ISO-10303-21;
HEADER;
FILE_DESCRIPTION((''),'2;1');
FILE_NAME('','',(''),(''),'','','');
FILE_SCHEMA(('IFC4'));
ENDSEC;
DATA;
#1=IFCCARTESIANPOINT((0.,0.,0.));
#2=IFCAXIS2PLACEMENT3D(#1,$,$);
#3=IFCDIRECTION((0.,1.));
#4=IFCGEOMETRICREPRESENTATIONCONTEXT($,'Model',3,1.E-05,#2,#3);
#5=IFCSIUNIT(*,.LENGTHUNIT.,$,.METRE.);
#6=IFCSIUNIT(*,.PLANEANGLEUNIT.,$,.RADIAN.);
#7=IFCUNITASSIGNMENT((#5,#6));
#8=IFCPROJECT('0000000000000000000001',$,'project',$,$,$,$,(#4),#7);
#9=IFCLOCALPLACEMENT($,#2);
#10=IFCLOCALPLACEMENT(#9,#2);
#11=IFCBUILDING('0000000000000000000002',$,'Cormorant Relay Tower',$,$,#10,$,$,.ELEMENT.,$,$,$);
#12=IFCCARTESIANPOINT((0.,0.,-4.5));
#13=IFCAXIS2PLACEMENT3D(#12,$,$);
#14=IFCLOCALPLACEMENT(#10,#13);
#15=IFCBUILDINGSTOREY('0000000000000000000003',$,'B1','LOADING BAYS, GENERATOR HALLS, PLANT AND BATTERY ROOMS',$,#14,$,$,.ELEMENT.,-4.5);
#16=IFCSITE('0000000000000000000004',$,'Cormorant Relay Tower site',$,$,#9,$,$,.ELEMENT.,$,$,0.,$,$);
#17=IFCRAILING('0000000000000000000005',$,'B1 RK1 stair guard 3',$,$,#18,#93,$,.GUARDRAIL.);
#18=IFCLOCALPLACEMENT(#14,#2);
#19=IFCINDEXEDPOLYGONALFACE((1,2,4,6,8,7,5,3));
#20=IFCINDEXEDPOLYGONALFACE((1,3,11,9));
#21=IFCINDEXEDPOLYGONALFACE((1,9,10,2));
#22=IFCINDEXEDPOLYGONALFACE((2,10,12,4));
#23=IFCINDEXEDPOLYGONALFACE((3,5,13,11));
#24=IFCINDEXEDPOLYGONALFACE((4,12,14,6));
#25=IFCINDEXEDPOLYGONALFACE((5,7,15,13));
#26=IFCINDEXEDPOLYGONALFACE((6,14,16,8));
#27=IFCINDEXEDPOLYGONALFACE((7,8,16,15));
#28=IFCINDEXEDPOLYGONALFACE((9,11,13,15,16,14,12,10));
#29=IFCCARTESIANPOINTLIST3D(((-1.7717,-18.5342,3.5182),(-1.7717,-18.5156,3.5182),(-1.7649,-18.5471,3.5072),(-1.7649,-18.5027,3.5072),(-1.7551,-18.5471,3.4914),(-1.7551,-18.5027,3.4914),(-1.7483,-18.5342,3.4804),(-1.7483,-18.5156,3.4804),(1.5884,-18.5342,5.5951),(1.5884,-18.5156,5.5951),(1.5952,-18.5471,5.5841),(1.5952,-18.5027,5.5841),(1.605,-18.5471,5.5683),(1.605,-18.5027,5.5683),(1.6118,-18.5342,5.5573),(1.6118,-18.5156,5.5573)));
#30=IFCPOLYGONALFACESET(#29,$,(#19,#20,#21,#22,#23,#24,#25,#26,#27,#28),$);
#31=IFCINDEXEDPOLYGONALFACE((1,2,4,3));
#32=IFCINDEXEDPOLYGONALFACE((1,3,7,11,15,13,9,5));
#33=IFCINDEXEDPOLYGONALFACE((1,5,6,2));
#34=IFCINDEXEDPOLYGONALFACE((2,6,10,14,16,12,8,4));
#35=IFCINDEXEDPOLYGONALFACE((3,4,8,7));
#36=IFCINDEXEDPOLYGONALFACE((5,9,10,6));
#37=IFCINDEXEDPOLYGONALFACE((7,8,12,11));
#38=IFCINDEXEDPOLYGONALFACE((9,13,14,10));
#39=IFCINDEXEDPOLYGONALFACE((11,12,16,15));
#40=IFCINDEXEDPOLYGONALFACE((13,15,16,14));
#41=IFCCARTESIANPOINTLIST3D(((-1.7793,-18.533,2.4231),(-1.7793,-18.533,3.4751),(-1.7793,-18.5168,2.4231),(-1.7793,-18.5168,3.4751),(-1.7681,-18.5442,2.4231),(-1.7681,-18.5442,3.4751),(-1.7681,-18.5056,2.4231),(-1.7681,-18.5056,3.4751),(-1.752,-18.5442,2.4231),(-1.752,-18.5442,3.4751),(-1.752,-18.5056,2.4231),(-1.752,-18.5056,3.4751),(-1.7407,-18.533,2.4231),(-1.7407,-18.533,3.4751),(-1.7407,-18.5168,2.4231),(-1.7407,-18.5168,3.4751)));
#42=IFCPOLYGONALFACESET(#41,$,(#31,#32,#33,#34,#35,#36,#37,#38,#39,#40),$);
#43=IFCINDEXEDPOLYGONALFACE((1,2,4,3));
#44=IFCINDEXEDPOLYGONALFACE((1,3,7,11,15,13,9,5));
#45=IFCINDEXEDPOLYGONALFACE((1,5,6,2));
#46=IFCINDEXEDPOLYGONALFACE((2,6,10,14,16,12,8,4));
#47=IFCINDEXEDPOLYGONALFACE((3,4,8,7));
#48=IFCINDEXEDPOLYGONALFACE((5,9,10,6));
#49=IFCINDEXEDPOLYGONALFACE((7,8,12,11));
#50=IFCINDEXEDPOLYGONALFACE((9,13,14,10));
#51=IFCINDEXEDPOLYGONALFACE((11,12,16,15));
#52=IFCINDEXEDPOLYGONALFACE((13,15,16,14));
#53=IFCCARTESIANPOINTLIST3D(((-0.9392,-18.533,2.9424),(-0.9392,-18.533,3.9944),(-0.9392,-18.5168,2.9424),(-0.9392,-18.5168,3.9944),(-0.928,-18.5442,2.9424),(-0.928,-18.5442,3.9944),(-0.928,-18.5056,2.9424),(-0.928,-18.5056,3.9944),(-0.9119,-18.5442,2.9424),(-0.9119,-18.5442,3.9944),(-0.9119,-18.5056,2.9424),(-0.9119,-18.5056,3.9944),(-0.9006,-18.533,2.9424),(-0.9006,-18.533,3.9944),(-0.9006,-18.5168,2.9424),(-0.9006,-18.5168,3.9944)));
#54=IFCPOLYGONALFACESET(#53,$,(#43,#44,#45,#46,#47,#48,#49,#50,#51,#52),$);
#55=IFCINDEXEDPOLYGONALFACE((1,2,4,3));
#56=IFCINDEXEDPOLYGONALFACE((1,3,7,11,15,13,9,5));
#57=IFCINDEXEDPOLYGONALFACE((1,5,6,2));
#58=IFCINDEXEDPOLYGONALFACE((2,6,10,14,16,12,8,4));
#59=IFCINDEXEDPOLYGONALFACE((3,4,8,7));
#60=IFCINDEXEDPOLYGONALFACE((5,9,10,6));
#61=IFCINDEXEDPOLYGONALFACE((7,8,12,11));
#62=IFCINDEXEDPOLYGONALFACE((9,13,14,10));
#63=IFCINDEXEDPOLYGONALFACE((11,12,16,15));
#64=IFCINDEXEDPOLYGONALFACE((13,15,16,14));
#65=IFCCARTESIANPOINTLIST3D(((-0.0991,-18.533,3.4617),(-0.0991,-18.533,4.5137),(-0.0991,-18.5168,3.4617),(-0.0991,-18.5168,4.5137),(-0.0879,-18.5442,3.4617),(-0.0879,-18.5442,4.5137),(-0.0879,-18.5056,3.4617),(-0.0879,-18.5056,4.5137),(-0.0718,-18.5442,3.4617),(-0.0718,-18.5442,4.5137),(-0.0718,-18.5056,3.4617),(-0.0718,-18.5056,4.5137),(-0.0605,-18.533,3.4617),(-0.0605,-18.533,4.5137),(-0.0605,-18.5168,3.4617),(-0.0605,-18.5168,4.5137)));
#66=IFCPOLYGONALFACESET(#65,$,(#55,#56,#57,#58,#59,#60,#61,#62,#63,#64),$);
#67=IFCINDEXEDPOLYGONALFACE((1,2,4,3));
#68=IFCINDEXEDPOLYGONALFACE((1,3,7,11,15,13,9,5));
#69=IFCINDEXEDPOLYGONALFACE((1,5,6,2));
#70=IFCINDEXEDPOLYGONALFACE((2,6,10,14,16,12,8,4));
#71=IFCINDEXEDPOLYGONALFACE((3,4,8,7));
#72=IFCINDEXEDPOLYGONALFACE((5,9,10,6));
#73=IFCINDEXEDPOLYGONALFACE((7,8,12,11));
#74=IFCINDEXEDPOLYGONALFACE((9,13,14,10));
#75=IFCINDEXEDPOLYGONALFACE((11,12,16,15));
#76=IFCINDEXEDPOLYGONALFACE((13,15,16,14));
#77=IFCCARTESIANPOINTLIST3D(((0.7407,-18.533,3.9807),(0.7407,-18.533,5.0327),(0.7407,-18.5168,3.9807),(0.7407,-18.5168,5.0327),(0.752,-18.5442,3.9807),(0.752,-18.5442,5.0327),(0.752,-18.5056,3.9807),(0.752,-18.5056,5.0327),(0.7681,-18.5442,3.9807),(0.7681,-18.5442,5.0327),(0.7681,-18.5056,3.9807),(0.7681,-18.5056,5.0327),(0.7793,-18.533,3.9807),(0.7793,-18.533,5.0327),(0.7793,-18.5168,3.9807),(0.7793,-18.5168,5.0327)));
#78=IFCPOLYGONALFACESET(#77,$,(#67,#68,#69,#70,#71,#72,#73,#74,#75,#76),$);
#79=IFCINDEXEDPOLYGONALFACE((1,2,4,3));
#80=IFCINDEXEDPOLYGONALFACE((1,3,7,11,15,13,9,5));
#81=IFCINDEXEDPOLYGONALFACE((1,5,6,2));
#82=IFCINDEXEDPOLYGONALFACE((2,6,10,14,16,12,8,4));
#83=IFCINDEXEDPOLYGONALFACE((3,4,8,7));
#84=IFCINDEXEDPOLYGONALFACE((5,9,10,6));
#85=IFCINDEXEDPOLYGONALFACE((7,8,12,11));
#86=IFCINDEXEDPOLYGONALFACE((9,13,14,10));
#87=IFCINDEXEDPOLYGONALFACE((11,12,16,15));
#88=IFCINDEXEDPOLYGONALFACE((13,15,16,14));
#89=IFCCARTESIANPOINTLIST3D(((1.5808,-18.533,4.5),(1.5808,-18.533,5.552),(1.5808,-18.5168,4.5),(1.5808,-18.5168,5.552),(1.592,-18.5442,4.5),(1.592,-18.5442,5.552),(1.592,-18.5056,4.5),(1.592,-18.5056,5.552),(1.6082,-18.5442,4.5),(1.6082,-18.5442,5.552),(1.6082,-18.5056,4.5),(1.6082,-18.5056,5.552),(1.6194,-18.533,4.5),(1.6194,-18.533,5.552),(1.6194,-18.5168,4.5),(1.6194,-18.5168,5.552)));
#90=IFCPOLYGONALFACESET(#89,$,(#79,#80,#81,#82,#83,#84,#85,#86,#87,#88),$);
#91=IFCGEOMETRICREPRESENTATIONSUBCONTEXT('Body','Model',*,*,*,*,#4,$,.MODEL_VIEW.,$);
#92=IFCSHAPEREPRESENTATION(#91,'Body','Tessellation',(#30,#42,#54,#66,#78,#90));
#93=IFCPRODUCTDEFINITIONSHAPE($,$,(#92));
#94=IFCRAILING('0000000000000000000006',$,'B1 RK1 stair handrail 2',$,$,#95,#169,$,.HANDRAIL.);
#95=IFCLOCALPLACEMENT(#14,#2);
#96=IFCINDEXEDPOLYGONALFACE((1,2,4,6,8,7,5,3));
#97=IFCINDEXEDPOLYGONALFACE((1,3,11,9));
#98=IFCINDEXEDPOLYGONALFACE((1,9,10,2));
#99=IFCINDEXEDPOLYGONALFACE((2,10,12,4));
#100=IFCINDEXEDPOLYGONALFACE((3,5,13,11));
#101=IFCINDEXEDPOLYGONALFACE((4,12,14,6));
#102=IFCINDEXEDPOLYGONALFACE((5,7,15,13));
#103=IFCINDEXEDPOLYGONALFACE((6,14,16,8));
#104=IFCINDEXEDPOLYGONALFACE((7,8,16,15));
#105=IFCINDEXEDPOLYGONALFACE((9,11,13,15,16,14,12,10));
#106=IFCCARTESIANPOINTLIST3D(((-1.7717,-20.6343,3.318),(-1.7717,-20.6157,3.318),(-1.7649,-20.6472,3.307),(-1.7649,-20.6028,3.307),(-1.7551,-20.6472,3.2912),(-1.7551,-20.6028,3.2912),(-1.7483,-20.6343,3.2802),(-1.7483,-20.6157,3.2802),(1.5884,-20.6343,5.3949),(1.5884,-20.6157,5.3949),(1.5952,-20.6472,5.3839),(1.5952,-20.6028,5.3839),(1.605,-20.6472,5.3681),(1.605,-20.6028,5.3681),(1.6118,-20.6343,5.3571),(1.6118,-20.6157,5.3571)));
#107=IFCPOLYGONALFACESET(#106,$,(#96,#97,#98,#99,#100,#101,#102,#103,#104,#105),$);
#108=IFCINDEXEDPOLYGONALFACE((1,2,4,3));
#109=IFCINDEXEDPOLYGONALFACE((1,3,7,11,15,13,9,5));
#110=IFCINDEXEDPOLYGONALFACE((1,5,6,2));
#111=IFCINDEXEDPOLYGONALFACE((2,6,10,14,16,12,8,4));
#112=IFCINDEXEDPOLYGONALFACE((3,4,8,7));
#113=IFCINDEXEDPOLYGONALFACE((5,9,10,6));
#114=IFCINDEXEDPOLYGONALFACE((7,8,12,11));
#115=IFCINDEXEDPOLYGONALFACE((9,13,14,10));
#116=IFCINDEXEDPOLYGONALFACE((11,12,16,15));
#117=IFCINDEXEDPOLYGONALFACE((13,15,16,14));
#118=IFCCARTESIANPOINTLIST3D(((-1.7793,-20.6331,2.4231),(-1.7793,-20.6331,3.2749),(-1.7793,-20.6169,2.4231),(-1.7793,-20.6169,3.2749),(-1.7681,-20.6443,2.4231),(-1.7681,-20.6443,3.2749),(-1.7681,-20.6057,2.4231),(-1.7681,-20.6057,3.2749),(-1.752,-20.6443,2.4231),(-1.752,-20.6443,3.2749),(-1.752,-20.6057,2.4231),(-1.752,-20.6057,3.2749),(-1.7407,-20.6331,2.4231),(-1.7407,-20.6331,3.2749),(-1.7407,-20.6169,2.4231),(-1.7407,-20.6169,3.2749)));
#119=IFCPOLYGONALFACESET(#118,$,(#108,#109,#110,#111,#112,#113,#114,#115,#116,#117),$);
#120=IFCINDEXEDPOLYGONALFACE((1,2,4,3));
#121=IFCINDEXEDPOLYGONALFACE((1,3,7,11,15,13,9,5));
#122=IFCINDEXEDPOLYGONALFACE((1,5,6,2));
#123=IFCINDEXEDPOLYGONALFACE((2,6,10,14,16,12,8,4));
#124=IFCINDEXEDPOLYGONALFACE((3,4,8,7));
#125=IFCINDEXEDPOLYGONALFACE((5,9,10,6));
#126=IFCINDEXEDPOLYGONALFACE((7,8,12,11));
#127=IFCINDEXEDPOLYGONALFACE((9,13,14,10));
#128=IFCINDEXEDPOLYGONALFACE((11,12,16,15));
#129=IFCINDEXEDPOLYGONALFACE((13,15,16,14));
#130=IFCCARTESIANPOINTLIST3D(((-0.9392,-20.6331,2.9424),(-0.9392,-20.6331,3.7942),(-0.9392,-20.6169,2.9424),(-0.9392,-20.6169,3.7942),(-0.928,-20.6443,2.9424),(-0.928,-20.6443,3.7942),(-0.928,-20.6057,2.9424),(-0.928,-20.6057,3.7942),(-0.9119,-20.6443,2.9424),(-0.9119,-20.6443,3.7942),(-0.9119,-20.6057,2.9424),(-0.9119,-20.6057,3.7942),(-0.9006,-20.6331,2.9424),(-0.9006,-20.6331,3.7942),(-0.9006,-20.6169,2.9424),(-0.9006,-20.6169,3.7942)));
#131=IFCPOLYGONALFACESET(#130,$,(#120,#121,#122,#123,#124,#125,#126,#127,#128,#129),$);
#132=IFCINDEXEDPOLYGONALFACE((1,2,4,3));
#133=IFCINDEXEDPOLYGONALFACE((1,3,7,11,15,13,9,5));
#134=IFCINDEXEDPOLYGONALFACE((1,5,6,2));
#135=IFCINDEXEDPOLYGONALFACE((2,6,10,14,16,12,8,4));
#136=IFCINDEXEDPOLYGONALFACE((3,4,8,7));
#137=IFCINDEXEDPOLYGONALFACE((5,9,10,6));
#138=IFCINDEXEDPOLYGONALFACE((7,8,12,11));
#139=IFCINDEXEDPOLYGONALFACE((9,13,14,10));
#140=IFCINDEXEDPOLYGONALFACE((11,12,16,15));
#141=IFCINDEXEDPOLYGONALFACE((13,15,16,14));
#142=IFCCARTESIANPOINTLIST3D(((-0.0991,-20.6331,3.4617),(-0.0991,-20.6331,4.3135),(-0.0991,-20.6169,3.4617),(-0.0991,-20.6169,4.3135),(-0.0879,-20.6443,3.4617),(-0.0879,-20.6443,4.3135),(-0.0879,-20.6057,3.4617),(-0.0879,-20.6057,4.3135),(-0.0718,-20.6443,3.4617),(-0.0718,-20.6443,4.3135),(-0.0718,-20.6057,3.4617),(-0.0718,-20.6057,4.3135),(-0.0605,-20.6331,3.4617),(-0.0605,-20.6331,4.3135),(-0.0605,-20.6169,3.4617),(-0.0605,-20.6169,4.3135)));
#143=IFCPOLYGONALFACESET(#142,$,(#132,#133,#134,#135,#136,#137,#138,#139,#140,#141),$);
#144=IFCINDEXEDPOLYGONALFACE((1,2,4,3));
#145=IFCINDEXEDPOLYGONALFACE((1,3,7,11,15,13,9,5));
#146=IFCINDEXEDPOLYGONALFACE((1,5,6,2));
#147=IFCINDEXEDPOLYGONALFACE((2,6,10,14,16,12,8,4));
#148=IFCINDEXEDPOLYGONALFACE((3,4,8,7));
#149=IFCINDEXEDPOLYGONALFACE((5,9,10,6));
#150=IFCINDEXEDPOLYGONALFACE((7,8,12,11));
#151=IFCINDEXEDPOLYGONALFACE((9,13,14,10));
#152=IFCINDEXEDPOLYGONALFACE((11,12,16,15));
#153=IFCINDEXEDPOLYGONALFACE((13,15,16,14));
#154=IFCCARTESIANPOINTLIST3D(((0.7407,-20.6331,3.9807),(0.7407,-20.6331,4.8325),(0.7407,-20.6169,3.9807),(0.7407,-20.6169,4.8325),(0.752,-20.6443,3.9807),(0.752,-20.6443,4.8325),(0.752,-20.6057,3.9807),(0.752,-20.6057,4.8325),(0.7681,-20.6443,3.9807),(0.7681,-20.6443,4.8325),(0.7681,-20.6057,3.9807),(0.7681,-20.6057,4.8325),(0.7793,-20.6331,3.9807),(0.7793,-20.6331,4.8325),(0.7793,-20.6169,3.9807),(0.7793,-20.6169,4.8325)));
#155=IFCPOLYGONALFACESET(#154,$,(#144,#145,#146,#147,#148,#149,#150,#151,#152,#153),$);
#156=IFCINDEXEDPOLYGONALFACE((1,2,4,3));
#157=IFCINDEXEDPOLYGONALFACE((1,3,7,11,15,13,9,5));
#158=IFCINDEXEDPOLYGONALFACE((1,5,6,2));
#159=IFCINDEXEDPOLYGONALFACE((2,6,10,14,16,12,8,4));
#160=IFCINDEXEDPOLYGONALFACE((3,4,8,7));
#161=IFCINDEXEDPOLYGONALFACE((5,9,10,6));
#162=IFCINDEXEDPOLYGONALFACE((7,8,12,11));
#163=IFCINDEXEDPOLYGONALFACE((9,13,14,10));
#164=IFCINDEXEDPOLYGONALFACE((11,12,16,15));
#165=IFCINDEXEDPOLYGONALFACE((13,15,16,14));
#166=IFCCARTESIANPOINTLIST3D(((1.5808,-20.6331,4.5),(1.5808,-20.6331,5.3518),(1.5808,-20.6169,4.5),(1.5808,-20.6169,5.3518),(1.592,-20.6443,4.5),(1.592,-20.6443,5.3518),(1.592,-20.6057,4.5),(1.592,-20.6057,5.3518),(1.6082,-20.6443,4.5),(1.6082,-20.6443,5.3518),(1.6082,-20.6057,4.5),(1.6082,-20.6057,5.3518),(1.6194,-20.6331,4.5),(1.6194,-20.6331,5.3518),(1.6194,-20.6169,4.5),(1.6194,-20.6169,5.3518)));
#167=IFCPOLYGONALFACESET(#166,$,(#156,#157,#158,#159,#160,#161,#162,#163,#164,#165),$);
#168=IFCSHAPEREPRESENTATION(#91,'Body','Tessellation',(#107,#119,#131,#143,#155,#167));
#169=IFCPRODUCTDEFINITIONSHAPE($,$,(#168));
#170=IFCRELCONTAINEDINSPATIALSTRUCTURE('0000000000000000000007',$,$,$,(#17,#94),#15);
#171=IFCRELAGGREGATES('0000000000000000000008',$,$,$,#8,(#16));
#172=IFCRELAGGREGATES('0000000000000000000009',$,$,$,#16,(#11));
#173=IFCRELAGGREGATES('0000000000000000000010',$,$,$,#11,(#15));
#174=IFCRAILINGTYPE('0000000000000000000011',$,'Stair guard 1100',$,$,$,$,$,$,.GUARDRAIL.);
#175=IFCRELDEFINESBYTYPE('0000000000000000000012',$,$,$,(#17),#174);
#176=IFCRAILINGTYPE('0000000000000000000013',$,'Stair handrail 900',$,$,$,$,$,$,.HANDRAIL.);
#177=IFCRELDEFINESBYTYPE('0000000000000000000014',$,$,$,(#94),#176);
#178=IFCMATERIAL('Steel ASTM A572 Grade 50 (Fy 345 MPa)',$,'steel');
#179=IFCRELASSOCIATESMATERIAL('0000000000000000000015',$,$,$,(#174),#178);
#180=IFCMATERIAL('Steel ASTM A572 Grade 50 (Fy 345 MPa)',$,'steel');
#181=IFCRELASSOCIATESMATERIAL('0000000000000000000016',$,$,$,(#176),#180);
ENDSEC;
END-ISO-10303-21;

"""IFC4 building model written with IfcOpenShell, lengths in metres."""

from ifc_helpers import new_model, si_unit, direction, frame, origin, place, context, subcontext, project, spatial, polyline, outline, extrude, material, type_object, element, save


model = new_model("IFC4")

# Units and contexts
model_context = context("Model", 3, precision=1e-05, world=origin(), true_north=direction((0.0, 1.0)))
body_context = subcontext(model_context, "Body", "Model", "MODEL_VIEW")
ifc_project = project(units=[si_unit("LENGTHUNIT", "METRE"), si_unit("PLANEANGLEUNIT", "RADIAN")], contexts=[model_context])

# Site, building, storey
site_placement = place(None, origin())
site = spatial("IfcSite", under=ifc_project, at=site_placement, Name="Cormorant Relay Tower site", CompositionType="ELEMENT", RefElevation=0.0)
building_placement = place(site_placement, origin())
building = spatial("IfcBuilding", under=site, at=building_placement, Name="Cormorant Relay Tower", CompositionType="ELEMENT")
storey_placement = place(building_placement, frame((0.0, 0.0, -4.5)))
storey = spatial("IfcBuildingStorey", under=building, at=storey_placement, Name="B1", Description="LOADING BAYS, GENERATOR HALLS, PLANT AND BATTERY ROOMS", CompositionType="ELEMENT", Elevation=-4.5)

# Railings
ifc_material_1 = material(Name="Steel ASTM A572 Grade 50 (Fy 345 MPa)", Category="steel")
railing_type_1 = type_object("IfcRailingType", Name="Stair guard 1100", PredefinedType="GUARDRAIL", material=ifc_material_1)
railing_1_placement = place(storey_placement, frame((-1.76, -18.5249, 2.4231)))
element("IfcRailing", 1, at=railing_1_placement, inside=storey, type_object=railing_type_1, Name="B1 RK1 stair guard 3", PredefinedType="GUARDRAIL", context=body_context, shape_type="SweptSolid", body=[
    extrude(outline(polyline([(0.0222, 0.0093), (0.0093, 0.0222), (-0.0093, 0.0222), (-0.0222, 0.0093), (-0.0222, -0.0093), (-0.0093, -0.0222), (0.0093, -0.0222), (0.0222, -0.0093), (0.0222, 0.0093)])), frame((0.0, 0.0, 1.0762), z_axis=(0.850623, 0.0, 0.525776), x_axis=(0.0, 1.0, 0.0)), (0.0, 0.0, 1.0), 3.9502),
    extrude(outline(polyline([(0.0193, 0.0081), (0.0081, 0.0193), (-0.0081, 0.0193), (-0.0193, 0.0081), (-0.0193, -0.0081), (-0.0081, -0.0193), (0.0081, -0.0193), (0.0193, -0.0081), (0.0193, 0.0081)])), origin(), (0.0, 0.0, 1.0), 1.052),
    extrude(outline(polyline([(0.0193, 0.0081), (0.0081, 0.0193), (-0.0081, 0.0193), (-0.0193, 0.0081), (-0.0193, -0.0081), (-0.0081, -0.0193), (0.0081, -0.0193), (0.0193, -0.0081), (0.0193, 0.0081)])), frame((0.8401, 0.0, 0.5193)), (0.0, 0.0, 1.0), 1.052),
    extrude(outline(polyline([(0.0193, 0.0081), (0.0081, 0.0193), (-0.0081, 0.0193), (-0.0193, 0.0081), (-0.0193, -0.0081), (-0.0081, -0.0193), (0.0081, -0.0193), (0.0193, -0.0081), (0.0193, 0.0081)])), frame((1.6802, 0.0, 1.0386)), (0.0, 0.0, 1.0), 1.052),
    extrude(outline(polyline([(0.0193, 0.0081), (0.0081, 0.0193), (-0.0081, 0.0193), (-0.0193, 0.0081), (-0.0193, -0.0081), (-0.0081, -0.0193), (0.0081, -0.0193), (0.0193, -0.0081), (0.0193, 0.0081)])), frame((2.52, 0.0, 1.5576)), (0.0, 0.0, 1.0), 1.052),
    extrude(outline(polyline([(0.0193, 0.0081), (0.0081, 0.0193), (-0.0081, 0.0193), (-0.0193, 0.0081), (-0.0193, -0.0081), (-0.0081, -0.0193), (0.0081, -0.0193), (0.0193, -0.0081), (0.0193, 0.0081)])), frame((3.3601, 0.0, 2.0769)), (0.0, 0.0, 1.0), 1.052),
])
ifc_material_2 = material(Name="Steel ASTM A572 Grade 50 (Fy 345 MPa)", Category="steel")
railing_type_2 = type_object("IfcRailingType", Name="Stair handrail 900", PredefinedType="HANDRAIL", material=ifc_material_2)
railing_2_placement = place(storey_placement, frame((-1.76, -20.625, 2.4231)))
element("IfcRailing", 2, at=railing_2_placement, inside=storey, type_object=railing_type_2, Name="B1 RK1 stair handrail 2", PredefinedType="HANDRAIL", context=body_context, shape_type="SweptSolid", body=[
    extrude(outline(polyline([(0.0222, 0.0093), (0.0093, 0.0222), (-0.0093, 0.0222), (-0.0222, 0.0093), (-0.0222, -0.0093), (-0.0093, -0.0222), (0.0093, -0.0222), (0.0222, -0.0093), (0.0222, 0.0093)])), frame((0.0, 0.0, 0.876), z_axis=(0.850623, 0.0, 0.525776), x_axis=(0.0, 1.0, 0.0)), (0.0, 0.0, 1.0), 3.9502),
    extrude(outline(polyline([(0.0193, 0.0081), (0.0081, 0.0193), (-0.0081, 0.0193), (-0.0193, 0.0081), (-0.0193, -0.0081), (-0.0081, -0.0193), (0.0081, -0.0193), (0.0193, -0.0081), (0.0193, 0.0081)])), origin(), (0.0, 0.0, 1.0), 0.8518),
    extrude(outline(polyline([(0.0193, 0.0081), (0.0081, 0.0193), (-0.0081, 0.0193), (-0.0193, 0.0081), (-0.0193, -0.0081), (-0.0081, -0.0193), (0.0081, -0.0193), (0.0193, -0.0081), (0.0193, 0.0081)])), frame((0.8401, 0.0, 0.5193)), (0.0, 0.0, 1.0), 0.8518),
    extrude(outline(polyline([(0.0193, 0.0081), (0.0081, 0.0193), (-0.0081, 0.0193), (-0.0193, 0.0081), (-0.0193, -0.0081), (-0.0081, -0.0193), (0.0081, -0.0193), (0.0193, -0.0081), (0.0193, 0.0081)])), frame((1.6802, 0.0, 1.0386)), (0.0, 0.0, 1.0), 0.8518),
    extrude(outline(polyline([(0.0193, 0.0081), (0.0081, 0.0193), (-0.0081, 0.0193), (-0.0193, 0.0081), (-0.0193, -0.0081), (-0.0081, -0.0193), (0.0081, -0.0193), (0.0193, -0.0081), (0.0193, 0.0081)])), frame((2.52, 0.0, 1.5576)), (0.0, 0.0, 1.0), 0.8518),
    extrude(outline(polyline([(0.0193, 0.0081), (0.0081, 0.0193), (-0.0081, 0.0193), (-0.0193, 0.0081), (-0.0193, -0.0081), (-0.0081, -0.0193), (0.0081, -0.0193), (0.0193, -0.0081), (0.0193, 0.0081)])), frame((3.3601, 0.0, 2.0769)), (0.0, 0.0, 1.0), 0.8518),
])

save(model, "model.ifc")
